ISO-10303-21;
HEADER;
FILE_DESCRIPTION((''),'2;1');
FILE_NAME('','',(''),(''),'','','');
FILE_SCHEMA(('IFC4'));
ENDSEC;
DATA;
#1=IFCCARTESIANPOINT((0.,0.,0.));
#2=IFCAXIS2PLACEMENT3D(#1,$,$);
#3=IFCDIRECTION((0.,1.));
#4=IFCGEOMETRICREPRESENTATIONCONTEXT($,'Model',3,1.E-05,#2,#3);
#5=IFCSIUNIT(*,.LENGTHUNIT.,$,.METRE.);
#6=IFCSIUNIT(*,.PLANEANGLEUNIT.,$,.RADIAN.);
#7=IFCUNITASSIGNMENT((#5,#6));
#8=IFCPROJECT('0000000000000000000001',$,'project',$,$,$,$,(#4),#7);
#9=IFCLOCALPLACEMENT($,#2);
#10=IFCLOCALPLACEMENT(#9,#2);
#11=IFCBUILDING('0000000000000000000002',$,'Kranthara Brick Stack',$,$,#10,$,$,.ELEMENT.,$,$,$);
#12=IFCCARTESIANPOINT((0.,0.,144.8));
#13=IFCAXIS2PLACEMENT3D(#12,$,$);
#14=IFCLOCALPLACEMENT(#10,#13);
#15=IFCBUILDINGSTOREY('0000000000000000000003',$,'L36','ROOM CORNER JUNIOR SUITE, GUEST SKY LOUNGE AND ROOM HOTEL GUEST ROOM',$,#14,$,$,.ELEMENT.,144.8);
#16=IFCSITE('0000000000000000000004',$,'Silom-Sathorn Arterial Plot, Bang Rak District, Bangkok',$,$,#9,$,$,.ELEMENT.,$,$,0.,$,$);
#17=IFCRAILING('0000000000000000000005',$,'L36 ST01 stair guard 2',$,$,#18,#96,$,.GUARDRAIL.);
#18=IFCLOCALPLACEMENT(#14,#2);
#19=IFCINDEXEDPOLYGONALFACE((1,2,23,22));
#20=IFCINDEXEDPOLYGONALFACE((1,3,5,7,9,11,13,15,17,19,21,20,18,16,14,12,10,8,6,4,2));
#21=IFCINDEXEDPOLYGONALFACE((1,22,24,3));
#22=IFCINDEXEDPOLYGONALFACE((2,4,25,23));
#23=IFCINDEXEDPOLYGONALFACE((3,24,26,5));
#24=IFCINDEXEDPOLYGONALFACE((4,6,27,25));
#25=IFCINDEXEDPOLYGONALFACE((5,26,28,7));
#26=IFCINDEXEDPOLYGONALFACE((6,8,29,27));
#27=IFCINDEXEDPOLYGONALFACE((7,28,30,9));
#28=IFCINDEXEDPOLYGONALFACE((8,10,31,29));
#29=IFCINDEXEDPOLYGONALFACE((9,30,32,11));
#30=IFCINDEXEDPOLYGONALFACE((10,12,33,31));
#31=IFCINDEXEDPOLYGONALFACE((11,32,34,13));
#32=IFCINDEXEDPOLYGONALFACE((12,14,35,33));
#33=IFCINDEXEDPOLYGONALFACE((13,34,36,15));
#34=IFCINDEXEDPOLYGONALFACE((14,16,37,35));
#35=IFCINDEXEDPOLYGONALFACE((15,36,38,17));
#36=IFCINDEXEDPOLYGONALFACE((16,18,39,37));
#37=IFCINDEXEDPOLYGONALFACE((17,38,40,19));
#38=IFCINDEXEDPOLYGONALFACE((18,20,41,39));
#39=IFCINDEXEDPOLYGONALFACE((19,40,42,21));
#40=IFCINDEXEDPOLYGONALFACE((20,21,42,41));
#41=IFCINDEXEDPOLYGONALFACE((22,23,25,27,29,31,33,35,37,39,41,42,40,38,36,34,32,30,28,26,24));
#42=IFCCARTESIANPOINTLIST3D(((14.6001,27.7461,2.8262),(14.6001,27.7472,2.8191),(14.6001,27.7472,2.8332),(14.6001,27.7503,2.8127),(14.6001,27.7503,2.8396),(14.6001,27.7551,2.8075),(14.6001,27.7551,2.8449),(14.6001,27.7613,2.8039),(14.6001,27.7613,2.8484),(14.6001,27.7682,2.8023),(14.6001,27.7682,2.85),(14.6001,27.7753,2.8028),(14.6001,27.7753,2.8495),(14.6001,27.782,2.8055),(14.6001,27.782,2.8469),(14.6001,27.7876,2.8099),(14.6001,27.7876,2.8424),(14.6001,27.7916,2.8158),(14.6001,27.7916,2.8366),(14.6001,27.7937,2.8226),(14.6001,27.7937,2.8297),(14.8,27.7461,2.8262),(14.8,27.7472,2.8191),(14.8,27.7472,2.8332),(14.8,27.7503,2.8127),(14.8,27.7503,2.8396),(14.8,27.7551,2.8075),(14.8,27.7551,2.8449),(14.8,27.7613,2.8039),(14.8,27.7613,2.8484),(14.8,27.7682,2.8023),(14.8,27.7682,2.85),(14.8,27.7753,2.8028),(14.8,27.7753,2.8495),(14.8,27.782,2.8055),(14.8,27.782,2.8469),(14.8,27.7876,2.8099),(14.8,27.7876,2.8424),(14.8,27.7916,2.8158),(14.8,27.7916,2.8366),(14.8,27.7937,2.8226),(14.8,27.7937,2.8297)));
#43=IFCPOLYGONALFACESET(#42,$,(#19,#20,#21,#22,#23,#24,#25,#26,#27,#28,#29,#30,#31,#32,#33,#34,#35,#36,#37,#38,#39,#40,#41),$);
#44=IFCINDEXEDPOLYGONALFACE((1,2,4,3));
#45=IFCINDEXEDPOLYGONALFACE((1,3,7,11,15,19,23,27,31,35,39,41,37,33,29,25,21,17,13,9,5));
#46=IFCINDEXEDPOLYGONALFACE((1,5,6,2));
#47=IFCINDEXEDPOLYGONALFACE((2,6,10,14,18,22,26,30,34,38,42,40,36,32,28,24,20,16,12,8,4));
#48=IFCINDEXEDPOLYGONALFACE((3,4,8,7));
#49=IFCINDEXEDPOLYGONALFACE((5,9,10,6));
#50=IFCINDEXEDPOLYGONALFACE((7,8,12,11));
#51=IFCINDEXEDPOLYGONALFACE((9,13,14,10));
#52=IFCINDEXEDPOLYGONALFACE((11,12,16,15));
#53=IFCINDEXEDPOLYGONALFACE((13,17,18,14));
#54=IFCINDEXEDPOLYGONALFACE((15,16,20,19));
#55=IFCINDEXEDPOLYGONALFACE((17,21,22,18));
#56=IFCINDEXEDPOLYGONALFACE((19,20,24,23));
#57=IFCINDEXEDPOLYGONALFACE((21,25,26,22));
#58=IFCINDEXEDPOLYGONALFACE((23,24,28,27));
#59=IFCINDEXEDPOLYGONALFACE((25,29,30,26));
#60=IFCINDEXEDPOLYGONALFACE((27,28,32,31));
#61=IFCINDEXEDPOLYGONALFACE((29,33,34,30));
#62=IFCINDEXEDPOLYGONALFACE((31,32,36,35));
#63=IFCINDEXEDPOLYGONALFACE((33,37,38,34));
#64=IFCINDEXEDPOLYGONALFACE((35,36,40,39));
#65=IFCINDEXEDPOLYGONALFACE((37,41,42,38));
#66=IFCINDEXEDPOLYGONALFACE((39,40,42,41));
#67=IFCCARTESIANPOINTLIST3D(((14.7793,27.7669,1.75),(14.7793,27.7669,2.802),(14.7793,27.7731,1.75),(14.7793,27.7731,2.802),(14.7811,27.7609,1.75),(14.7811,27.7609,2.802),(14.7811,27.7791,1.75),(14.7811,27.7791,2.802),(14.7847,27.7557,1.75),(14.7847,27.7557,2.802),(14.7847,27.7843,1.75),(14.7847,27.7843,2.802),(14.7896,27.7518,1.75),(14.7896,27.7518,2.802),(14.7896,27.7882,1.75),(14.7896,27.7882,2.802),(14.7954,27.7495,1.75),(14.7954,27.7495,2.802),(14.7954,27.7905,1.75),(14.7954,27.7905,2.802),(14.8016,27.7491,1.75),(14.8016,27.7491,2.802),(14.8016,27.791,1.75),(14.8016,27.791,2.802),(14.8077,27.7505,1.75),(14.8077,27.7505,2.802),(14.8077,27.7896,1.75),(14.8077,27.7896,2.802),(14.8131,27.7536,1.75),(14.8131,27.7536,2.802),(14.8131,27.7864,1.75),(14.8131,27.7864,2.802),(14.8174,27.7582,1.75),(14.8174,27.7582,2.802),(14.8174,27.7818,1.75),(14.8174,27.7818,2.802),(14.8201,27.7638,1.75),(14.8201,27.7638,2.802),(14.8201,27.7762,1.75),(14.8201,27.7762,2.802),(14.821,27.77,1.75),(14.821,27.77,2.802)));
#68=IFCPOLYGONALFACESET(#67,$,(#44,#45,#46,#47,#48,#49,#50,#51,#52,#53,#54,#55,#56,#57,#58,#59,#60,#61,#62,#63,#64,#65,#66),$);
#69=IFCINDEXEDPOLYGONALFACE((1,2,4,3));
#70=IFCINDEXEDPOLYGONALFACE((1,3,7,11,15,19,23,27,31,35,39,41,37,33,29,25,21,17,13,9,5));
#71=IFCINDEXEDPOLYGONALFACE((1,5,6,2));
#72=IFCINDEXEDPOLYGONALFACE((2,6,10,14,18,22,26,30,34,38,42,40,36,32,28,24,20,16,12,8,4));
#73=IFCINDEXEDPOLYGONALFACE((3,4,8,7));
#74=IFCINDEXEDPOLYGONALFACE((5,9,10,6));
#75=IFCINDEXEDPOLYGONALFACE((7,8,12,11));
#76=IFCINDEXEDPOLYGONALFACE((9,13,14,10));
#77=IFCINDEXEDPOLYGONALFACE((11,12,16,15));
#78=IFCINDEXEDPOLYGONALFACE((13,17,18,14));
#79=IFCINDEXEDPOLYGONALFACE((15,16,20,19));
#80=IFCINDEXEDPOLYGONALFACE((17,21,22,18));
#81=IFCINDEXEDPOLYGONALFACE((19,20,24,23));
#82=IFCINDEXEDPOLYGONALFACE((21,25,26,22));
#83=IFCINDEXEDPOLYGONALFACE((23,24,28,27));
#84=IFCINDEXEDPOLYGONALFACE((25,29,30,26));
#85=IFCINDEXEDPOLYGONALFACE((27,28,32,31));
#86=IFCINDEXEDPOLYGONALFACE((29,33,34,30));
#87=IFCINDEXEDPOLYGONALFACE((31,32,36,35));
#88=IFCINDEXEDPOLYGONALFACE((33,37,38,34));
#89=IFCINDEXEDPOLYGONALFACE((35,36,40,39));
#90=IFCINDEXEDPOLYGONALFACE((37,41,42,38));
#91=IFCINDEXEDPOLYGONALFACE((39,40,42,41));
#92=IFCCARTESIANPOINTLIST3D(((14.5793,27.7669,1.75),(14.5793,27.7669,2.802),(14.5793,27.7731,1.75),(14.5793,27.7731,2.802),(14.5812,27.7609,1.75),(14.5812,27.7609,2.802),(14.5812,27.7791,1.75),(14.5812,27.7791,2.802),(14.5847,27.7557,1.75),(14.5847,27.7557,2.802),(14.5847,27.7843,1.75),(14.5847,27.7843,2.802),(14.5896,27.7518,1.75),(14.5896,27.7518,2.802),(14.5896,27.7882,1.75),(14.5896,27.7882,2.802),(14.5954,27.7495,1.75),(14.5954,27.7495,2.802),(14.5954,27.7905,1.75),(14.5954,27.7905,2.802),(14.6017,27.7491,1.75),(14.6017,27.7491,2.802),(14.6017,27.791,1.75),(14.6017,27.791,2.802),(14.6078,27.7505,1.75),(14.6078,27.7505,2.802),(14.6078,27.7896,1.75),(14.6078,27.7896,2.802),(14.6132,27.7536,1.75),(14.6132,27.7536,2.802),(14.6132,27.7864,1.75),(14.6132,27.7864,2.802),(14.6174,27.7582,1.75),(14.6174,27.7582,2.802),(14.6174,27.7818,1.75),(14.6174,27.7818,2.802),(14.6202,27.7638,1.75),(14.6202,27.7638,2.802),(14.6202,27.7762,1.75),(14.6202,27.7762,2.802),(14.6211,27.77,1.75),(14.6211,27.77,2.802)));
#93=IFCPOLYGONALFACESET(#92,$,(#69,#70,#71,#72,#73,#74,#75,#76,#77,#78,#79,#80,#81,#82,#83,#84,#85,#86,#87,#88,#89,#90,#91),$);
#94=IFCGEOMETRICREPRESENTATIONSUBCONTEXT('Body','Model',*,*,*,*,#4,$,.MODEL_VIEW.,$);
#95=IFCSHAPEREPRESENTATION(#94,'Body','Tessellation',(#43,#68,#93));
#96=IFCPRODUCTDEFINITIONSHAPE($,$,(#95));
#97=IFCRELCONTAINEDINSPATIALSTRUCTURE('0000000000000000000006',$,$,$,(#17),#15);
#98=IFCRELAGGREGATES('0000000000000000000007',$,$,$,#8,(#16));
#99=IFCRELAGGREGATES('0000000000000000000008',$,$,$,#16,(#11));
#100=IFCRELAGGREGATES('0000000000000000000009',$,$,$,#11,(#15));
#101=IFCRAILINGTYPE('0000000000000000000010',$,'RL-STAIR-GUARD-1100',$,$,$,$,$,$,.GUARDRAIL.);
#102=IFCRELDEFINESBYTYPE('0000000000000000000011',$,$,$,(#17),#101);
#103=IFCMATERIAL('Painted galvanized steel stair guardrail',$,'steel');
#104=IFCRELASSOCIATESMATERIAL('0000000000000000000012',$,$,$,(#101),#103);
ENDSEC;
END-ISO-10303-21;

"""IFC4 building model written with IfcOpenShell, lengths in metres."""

from ifc_helpers import new_model, si_unit, direction, frame, origin, origin_2d, place, context, subcontext, project, spatial, circle, extrude, material, type_object, element, save


model = new_model("IFC4")

# Units and contexts
model_context = context("Model", 3, precision=1e-05, world=origin(), true_north=direction((0.0, 1.0)))
body_context = subcontext(model_context, "Body", "Model", "MODEL_VIEW")
ifc_project = project(units=[si_unit("LENGTHUNIT", "METRE"), si_unit("PLANEANGLEUNIT", "RADIAN")], contexts=[model_context])

# Site, building, storey
site_placement = place(None, origin())
site = spatial("IfcSite", under=ifc_project, at=site_placement, Name="Silom-Sathorn Arterial Plot, Bang Rak District, Bangkok", CompositionType="ELEMENT", RefElevation=0.0)
building_placement = place(site_placement, origin())
building = spatial("IfcBuilding", under=site, at=building_placement, Name="Kranthara Brick Stack", CompositionType="ELEMENT")
storey_placement = place(building_placement, frame((0.0, 0.0, 144.8)))
storey = spatial("IfcBuildingStorey", under=building, at=storey_placement, Name="L36", Description="ROOM CORNER JUNIOR SUITE, GUEST SKY LOUNGE AND ROOM HOTEL GUEST ROOM", CompositionType="ELEMENT", Elevation=144.8)

# Railing
ifc_material_1 = material(Name="Painted galvanized steel stair guardrail", Category="steel")
railing_type_1 = type_object("IfcRailingType", Name="RL-STAIR-GUARD-1100", PredefinedType="GUARDRAIL", material=ifc_material_1)
railing_1_placement = place(storey_placement, frame((14.8, 27.77, 1.75)))
element("IfcRailing", 1, at=railing_1_placement, inside=storey, type_object=railing_type_1, Name="L36 ST01 stair guard 2", PredefinedType="GUARDRAIL", context=body_context, shape_type="SweptSolid", body=[
    extrude(circle(Radius=0.0239, at=origin_2d()), frame((0.0, 0.0, 1.0762), z_axis=(-1.0, 0.0, 0.0), x_axis=(0.0, -1.0, 0.0)), (0.0, 0.0, 1.0), 0.2),
    extrude(circle(Radius=0.021, at=origin_2d()), origin(), (0.0, 0.0, 1.0), 1.052),
    extrude(circle(Radius=0.021, at=origin_2d()), frame((-0.2, 0.0, 0.0)), (0.0, 0.0, 1.0), 1.052),
])

save(model, "model.ifc")
